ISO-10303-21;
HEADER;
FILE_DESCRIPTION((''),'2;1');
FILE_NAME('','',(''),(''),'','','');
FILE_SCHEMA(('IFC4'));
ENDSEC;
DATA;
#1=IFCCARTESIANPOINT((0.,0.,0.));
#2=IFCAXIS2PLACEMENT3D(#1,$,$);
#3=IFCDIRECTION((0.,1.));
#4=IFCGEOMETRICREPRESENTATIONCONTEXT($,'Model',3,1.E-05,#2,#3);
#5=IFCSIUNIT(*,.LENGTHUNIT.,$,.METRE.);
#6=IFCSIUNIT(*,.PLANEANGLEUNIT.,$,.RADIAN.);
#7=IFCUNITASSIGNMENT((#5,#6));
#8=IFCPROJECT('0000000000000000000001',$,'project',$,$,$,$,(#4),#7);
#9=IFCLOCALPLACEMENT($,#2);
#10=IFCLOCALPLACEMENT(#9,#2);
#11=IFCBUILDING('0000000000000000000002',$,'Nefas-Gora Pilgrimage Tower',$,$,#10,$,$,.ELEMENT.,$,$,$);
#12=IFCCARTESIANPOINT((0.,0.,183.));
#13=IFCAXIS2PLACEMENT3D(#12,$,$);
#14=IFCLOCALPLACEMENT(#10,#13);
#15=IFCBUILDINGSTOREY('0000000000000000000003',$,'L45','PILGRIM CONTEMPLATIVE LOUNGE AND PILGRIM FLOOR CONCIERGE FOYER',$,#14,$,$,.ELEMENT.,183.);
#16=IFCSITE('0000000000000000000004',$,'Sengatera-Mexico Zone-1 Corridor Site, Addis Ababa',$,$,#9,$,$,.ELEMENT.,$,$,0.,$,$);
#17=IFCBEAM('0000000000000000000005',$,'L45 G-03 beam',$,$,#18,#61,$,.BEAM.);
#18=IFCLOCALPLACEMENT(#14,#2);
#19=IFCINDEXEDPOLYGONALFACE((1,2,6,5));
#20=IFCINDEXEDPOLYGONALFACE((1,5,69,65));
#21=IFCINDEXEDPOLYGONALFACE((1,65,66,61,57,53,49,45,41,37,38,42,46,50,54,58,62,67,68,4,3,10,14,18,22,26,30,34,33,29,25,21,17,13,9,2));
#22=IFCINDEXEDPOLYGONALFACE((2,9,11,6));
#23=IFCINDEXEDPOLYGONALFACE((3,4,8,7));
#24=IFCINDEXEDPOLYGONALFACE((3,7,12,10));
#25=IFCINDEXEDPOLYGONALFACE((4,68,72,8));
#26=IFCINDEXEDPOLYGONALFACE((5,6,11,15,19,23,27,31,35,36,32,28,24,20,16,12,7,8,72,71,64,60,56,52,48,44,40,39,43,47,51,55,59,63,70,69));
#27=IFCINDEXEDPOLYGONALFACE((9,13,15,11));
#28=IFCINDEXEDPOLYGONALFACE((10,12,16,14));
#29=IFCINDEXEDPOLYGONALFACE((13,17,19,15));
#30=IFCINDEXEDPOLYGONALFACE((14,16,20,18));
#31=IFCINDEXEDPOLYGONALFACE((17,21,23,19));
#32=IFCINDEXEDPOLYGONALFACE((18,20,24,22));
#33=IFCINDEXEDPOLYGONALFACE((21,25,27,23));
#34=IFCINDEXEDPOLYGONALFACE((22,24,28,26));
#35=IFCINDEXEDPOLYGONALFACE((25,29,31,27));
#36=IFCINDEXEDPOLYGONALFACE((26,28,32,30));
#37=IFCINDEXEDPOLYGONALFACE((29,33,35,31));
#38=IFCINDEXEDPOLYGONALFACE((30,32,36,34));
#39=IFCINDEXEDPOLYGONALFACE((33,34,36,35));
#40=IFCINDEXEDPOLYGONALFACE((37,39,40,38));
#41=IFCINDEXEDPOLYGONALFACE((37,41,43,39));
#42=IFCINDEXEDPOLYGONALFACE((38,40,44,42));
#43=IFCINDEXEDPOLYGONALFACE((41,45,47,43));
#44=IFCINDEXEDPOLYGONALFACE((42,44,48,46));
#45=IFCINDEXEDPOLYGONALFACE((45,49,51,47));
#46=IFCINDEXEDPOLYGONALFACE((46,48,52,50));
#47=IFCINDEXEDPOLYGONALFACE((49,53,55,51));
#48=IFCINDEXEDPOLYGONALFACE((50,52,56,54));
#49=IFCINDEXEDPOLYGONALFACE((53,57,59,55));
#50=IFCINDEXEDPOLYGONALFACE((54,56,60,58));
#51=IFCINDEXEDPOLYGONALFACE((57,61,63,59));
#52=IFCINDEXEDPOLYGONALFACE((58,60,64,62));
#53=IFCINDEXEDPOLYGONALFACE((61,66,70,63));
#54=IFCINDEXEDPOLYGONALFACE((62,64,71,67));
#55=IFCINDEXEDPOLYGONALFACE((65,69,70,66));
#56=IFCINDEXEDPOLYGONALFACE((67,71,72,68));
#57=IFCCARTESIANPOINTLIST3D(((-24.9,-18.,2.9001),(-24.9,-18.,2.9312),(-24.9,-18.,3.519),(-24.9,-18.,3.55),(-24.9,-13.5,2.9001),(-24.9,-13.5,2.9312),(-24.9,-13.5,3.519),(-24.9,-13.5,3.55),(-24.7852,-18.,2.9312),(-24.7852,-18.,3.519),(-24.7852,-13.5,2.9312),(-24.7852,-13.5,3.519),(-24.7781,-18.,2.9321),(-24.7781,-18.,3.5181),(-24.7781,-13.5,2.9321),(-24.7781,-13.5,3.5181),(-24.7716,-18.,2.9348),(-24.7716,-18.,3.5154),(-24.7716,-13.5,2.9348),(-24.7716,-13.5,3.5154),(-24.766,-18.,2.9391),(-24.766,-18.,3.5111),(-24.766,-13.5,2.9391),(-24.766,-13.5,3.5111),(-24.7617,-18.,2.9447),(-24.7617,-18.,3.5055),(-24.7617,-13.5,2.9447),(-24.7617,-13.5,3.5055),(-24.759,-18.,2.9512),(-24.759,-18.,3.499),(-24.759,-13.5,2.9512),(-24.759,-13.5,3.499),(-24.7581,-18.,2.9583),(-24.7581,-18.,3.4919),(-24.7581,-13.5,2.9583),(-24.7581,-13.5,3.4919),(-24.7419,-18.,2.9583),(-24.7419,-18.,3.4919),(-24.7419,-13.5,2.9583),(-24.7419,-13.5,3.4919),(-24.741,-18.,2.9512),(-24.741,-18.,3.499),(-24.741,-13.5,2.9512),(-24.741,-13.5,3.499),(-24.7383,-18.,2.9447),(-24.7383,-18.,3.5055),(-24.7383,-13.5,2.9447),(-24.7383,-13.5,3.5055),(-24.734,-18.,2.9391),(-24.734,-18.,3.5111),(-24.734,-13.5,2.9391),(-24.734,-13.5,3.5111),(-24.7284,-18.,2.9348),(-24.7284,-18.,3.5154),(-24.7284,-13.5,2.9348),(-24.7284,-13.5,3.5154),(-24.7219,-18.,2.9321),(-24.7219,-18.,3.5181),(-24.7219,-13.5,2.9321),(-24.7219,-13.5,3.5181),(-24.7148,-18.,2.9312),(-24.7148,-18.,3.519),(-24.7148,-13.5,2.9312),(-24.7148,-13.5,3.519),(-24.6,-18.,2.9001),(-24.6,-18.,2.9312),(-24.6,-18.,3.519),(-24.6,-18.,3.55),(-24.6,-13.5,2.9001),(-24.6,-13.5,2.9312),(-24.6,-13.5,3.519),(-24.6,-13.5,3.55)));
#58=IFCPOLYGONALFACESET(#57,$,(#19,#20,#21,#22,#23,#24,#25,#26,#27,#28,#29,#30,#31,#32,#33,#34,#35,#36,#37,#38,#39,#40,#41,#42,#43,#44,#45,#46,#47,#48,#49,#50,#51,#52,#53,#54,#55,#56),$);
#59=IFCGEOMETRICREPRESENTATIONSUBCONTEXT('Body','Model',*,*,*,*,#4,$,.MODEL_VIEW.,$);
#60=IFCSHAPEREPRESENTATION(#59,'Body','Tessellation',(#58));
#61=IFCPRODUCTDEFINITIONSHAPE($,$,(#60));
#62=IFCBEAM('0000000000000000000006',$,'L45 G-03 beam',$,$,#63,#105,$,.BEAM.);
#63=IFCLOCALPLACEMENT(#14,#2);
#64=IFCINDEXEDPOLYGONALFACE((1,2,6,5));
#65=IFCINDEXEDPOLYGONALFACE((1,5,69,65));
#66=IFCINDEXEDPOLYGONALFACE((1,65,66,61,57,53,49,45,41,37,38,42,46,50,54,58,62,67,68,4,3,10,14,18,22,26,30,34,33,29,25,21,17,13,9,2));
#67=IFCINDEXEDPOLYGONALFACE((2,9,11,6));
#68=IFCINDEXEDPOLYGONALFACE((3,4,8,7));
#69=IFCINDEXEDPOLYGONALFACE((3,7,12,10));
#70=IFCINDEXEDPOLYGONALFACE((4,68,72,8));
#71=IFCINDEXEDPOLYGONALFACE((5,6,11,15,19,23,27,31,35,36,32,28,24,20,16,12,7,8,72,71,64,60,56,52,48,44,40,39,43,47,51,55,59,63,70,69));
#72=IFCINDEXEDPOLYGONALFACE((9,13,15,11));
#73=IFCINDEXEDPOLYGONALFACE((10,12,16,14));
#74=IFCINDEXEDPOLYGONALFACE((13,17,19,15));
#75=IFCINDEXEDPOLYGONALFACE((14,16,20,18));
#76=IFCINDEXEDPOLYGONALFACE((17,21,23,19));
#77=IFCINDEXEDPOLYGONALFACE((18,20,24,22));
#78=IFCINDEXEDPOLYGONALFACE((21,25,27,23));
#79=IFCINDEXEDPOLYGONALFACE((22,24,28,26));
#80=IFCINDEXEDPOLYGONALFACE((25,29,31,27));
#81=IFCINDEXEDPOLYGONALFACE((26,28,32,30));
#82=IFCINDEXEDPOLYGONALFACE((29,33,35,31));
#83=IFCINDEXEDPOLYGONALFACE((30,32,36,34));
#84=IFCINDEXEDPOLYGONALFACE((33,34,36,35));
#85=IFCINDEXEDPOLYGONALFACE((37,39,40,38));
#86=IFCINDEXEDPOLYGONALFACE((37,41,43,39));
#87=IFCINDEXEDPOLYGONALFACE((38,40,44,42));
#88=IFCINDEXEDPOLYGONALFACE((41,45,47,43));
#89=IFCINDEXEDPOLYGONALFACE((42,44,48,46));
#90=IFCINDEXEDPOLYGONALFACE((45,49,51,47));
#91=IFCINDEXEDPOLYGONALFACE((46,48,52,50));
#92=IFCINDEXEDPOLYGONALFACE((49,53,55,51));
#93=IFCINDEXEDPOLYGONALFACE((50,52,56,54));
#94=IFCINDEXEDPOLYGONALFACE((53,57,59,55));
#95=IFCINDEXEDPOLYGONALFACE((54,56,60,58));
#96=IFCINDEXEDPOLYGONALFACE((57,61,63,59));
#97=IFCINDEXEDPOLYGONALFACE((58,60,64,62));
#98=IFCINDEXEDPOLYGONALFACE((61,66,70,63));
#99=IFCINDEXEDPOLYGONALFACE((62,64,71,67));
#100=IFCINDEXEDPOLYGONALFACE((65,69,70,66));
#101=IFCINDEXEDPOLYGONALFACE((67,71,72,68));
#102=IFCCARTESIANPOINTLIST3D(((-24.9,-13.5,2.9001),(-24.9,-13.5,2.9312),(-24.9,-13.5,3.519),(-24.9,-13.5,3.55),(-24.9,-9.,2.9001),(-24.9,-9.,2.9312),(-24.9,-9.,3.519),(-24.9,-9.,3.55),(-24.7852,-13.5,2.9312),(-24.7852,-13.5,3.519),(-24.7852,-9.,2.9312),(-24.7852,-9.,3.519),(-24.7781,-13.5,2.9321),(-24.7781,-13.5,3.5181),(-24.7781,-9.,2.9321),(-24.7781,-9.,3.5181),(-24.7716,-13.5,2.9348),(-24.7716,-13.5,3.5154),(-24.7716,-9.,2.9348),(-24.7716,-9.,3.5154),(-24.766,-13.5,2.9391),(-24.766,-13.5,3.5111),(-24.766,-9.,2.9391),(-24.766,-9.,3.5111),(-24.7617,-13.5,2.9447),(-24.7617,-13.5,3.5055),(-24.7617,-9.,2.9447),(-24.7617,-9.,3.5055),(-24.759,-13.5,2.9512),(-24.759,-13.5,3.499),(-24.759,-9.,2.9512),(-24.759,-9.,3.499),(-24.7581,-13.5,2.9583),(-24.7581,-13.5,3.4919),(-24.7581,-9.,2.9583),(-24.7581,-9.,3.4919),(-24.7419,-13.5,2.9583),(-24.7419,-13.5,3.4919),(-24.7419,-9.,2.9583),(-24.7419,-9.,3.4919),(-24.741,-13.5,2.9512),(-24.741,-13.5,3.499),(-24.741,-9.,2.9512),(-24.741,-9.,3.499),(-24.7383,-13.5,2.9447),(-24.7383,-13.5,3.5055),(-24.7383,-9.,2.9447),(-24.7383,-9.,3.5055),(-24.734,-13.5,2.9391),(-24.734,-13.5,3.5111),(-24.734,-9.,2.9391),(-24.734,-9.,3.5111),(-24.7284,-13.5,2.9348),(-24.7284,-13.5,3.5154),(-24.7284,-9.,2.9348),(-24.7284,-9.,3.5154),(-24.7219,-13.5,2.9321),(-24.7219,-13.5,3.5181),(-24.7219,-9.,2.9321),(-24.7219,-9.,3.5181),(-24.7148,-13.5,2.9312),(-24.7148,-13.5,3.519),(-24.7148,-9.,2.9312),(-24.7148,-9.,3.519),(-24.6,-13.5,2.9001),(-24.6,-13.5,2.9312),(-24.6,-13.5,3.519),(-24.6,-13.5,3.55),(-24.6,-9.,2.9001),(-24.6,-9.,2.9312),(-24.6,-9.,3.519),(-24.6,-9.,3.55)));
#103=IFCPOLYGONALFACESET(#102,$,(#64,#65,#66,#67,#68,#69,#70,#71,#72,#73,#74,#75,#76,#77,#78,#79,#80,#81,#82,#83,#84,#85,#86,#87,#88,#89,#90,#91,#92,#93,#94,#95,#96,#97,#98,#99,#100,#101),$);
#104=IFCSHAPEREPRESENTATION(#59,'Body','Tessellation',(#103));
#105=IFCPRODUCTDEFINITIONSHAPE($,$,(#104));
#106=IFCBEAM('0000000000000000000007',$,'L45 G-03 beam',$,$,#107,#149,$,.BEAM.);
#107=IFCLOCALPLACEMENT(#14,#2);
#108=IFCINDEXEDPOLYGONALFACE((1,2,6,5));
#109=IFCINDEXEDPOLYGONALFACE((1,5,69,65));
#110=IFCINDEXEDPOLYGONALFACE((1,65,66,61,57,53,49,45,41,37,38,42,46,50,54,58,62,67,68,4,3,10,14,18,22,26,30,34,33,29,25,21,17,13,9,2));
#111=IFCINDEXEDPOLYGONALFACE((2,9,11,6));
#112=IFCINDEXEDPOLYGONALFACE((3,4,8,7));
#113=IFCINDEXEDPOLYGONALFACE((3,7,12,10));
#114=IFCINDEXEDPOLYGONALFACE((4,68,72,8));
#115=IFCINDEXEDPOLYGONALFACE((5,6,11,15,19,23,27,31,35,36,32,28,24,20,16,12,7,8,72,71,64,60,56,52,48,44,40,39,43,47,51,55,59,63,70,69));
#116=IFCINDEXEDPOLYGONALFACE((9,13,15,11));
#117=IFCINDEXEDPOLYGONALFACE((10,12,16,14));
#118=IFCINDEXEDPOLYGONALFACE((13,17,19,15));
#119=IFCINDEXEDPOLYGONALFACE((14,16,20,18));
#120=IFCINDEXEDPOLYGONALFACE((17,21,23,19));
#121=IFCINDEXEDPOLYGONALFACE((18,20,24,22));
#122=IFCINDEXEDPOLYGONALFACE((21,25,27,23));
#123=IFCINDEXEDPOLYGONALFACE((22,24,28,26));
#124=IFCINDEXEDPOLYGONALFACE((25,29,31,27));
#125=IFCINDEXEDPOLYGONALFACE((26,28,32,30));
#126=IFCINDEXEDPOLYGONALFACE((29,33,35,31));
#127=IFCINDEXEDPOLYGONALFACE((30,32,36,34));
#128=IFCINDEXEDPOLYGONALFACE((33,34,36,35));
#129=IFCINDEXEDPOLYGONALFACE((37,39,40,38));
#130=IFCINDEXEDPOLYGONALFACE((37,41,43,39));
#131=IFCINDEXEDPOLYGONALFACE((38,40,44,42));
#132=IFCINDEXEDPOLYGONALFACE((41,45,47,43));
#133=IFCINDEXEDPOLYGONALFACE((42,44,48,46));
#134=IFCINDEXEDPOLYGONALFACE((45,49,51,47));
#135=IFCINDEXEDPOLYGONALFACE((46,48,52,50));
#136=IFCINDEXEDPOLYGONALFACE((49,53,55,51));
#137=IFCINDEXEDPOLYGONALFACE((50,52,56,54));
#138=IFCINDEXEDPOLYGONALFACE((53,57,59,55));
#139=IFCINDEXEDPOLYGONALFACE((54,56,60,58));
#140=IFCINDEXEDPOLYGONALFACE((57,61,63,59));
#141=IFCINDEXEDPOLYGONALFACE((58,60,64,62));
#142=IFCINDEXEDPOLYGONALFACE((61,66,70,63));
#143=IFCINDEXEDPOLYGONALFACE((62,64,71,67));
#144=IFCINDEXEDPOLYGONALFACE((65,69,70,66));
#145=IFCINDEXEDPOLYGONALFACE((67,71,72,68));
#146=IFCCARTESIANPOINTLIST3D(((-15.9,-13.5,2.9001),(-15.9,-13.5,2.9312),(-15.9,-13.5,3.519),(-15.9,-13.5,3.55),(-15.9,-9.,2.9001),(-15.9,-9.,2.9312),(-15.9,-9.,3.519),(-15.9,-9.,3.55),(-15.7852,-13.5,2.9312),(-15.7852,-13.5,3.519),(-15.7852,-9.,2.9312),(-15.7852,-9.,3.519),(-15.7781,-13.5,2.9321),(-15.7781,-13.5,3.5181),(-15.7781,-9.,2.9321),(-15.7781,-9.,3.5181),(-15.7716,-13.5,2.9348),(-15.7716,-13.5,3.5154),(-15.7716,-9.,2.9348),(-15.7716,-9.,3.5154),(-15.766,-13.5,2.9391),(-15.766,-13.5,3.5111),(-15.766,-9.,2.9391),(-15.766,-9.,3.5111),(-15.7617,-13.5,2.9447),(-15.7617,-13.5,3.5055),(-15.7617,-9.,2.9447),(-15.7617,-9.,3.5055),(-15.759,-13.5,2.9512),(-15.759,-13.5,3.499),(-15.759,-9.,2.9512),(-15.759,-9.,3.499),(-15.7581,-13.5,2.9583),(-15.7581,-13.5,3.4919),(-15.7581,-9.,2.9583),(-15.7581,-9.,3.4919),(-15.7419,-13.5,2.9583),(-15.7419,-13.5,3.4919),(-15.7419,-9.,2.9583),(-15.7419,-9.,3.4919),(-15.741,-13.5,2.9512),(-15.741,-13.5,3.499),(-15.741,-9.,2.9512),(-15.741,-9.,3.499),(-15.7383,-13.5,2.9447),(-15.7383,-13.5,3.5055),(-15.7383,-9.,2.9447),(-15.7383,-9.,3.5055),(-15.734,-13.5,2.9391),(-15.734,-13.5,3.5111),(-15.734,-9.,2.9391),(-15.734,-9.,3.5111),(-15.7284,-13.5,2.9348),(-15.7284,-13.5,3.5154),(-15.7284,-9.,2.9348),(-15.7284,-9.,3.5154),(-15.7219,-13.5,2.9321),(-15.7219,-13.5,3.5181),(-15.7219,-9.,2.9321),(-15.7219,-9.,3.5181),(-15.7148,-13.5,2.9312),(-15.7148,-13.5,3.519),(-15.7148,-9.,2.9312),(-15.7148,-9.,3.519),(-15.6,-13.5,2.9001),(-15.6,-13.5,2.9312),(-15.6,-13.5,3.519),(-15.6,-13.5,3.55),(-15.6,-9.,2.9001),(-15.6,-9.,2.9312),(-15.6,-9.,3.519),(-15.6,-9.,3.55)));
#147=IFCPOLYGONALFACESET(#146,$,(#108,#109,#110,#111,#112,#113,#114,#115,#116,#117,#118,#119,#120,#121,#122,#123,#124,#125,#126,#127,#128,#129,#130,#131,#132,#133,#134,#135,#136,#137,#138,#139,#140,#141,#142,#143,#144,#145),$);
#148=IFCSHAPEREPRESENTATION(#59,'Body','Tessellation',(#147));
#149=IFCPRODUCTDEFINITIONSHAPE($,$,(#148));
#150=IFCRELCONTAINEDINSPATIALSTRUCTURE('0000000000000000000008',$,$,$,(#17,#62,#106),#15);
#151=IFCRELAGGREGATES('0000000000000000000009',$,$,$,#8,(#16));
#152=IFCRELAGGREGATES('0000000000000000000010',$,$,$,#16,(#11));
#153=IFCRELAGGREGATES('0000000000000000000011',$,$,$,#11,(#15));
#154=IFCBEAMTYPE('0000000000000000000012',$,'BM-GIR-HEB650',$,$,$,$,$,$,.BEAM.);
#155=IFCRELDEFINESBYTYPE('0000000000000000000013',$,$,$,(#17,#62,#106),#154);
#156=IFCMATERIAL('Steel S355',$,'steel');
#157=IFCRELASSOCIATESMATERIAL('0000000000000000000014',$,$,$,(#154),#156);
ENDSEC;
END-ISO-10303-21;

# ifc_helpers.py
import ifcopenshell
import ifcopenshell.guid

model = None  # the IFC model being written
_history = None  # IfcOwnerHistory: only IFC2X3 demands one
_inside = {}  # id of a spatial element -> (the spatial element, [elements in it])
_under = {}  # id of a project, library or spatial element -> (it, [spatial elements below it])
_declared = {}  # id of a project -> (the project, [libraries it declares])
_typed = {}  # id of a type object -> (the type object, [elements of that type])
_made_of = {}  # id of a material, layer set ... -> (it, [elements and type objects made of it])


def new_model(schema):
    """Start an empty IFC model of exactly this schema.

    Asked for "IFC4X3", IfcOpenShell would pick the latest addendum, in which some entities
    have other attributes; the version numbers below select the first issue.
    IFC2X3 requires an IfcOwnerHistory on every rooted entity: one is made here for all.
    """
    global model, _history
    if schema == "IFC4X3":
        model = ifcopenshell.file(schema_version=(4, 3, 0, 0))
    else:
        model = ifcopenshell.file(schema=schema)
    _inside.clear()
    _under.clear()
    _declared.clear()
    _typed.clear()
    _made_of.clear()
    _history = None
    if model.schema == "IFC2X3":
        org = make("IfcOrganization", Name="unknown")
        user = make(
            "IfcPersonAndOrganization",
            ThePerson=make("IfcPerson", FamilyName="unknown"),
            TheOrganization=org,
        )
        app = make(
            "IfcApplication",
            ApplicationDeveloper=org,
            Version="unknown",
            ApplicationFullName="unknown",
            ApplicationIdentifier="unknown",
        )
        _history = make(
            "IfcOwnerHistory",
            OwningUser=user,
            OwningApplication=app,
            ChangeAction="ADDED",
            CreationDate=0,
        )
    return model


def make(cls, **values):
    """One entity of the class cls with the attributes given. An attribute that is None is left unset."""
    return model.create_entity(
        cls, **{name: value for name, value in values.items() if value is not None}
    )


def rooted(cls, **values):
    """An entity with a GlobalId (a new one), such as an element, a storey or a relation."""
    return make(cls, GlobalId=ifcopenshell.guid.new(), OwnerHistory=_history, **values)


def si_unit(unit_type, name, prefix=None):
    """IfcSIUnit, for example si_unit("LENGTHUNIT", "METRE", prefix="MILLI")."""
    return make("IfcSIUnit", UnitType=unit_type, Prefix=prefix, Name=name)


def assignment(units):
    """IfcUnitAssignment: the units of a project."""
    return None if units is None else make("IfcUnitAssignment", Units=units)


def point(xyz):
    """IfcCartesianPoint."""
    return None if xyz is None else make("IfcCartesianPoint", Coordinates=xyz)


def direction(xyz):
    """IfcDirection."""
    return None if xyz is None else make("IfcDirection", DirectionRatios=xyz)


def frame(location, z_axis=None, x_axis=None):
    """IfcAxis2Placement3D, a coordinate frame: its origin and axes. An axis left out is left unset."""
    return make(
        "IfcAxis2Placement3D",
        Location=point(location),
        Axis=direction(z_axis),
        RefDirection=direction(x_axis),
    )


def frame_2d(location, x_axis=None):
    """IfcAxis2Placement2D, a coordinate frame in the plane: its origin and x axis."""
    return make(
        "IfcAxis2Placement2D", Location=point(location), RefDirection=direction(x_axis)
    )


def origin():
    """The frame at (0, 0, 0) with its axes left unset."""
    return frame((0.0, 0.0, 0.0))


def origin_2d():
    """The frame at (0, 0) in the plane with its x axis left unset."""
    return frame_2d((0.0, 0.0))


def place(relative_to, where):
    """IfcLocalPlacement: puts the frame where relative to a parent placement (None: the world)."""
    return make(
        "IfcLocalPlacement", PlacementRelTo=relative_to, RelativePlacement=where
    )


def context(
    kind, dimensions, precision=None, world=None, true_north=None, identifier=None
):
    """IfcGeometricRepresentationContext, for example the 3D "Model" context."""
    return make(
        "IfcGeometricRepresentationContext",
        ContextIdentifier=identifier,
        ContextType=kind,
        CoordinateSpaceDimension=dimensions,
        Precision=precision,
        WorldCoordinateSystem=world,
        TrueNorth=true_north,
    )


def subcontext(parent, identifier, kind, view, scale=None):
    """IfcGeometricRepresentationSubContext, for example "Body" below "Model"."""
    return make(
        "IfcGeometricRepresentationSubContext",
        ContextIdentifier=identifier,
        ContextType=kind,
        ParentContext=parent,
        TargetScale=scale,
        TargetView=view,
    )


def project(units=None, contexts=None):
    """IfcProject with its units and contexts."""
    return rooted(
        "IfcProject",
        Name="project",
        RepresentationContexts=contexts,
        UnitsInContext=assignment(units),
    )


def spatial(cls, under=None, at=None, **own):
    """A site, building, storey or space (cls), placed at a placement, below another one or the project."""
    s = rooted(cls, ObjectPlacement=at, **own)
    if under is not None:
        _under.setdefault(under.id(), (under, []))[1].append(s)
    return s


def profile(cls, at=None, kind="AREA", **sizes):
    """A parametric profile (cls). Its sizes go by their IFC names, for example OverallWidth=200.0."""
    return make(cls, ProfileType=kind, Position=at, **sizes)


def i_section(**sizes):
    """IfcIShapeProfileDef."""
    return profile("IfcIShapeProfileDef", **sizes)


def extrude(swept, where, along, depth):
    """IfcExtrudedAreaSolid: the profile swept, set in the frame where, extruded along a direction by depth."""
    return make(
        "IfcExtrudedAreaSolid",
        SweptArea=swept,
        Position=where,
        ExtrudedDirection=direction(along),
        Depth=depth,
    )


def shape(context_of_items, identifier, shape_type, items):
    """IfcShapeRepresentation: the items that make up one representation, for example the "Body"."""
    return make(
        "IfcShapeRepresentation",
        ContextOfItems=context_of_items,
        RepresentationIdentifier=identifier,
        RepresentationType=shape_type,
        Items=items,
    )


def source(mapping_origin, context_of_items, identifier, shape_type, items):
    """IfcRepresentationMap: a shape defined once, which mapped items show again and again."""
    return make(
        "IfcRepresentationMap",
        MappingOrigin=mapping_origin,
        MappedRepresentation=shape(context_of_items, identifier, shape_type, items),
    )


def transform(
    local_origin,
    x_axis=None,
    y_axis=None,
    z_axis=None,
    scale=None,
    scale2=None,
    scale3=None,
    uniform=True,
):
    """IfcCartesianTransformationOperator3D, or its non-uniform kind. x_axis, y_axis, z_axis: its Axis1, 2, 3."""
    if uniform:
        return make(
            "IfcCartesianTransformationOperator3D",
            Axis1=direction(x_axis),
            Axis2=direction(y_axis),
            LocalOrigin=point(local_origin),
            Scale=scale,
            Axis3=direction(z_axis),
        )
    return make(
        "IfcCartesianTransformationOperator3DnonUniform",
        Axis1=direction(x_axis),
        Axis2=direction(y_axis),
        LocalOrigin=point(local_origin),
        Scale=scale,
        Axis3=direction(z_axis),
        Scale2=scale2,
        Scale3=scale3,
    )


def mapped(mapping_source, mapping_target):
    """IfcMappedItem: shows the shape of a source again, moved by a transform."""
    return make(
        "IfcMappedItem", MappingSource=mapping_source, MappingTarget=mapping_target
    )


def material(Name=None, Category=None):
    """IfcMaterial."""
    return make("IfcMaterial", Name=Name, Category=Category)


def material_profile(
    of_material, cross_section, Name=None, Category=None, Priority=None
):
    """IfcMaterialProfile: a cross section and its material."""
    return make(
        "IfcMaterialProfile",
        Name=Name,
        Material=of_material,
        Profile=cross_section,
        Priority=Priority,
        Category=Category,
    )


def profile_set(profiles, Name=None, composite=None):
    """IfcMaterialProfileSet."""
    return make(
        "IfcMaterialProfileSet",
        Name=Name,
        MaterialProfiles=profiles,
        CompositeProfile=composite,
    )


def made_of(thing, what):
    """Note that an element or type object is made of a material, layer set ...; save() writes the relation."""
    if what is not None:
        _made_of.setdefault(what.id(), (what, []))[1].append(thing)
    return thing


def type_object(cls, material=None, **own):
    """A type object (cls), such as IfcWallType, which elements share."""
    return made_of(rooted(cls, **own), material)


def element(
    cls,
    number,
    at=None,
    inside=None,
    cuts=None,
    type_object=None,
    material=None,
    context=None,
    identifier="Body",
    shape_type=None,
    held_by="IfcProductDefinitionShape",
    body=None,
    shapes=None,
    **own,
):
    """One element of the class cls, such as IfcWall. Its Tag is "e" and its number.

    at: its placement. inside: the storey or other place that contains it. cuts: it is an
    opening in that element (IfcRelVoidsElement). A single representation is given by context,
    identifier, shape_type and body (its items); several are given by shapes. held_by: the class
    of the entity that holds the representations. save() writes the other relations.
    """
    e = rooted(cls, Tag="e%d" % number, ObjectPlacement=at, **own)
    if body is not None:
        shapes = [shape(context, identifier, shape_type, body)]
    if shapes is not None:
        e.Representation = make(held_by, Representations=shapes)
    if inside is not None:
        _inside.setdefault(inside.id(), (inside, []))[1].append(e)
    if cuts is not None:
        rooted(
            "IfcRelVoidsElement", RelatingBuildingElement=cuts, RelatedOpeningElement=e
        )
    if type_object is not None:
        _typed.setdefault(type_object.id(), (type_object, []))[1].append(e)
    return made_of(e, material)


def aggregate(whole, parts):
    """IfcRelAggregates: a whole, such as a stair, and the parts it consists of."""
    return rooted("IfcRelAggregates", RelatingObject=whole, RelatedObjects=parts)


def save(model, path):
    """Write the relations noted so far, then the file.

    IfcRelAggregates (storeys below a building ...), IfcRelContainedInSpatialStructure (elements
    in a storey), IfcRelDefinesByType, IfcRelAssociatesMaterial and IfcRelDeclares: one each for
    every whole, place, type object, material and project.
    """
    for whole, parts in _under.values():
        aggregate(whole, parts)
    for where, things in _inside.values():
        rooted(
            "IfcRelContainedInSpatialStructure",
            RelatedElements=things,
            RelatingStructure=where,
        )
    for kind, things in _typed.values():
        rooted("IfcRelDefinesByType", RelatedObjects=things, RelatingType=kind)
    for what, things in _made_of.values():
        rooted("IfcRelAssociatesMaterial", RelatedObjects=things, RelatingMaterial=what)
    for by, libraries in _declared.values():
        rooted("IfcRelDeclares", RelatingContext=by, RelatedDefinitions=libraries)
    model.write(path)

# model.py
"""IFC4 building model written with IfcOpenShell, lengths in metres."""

from ifc_helpers import new_model, si_unit, direction, frame, origin, origin_2d, place, context, subcontext, project, spatial, i_section, extrude, source, transform, mapped, material, material_profile, profile_set, type_object, element, save


model = new_model("IFC4")

# Units and contexts
model_context = context("Model", 3, precision=1e-05, world=origin(), true_north=direction((0.0, 1.0)))
body_context = subcontext(model_context, "Body", "Model", "MODEL_VIEW")
ifc_project = project(units=[si_unit("LENGTHUNIT", "METRE"), si_unit("PLANEANGLEUNIT", "RADIAN")], contexts=[model_context])

# Site, building, storey
site_placement = place(None, origin())
site = spatial("IfcSite", under=ifc_project, at=site_placement, Name="Sengatera-Mexico Zone-1 Corridor Site, Addis Ababa", CompositionType="ELEMENT", RefElevation=0.0)
building_placement = place(site_placement, origin())
building = spatial("IfcBuilding", under=site, at=building_placement, Name="Nefas-Gora Pilgrimage Tower", CompositionType="ELEMENT")
storey_placement = place(building_placement, frame((0.0, 0.0, 183.0)))
storey = spatial("IfcBuildingStorey", under=building, at=storey_placement, Name="L45", Description="PILGRIM CONTEMPLATIVE LOUNGE AND PILGRIM FLOOR CONCIERGE FOYER", CompositionType="ELEMENT", Elevation=183.0)

# Beams
ifc_material_1 = material(Name="Steel S355", Category="steel")
ifc_material_profile_1 = material_profile(ifc_material_1, i_section(OverallWidth=0.3, OverallDepth=0.6499, WebThickness=0.0161, FlangeThickness=0.031, FilletRadius=0.0271, at=origin_2d()), Name="HEB 650")
ifc_profile_set_1 = profile_set([ifc_material_profile_1], Name="Steel S355")
beam_type_1 = type_object("IfcBeamType", Name="BM-GIR-HEB650", PredefinedType="BEAM", material=ifc_profile_set_1)
shared_shape_1 = source(origin(), body_context, "Body", "SweptSolid", [
    extrude(i_section(OverallWidth=0.3, OverallDepth=0.6499, WebThickness=0.0161, FlangeThickness=0.031, FilletRadius=0.0271, at=origin_2d()), origin(), (0.0, 0.0, 1.0), 4.5),
])
for number, where, z_axis, x_axis, name in (
    (1, (-24.75, -18.0, 3.2251), (0.0, 1.0, 0.0), (-1.0, 0.0, 0.0), "L45 G-03 beam"),
    (2, (-24.75, -13.5, 3.2251), (0.0, 1.0, 0.0), (-1.0, 0.0, 0.0), "L45 G-03 beam"),
    (3, (-15.75, -13.5, 3.2251), (0.0, 1.0, 0.0), (-1.0, 0.0, 0.0), "L45 G-03 beam"),
):
    element("IfcBeam", number, at=place(storey_placement, frame(where, z_axis=z_axis, x_axis=x_axis)), inside=storey, type_object=beam_type_1, Name=name, PredefinedType="BEAM", context=body_context, shape_type="MappedRepresentation", body=[
        mapped(shared_shape_1, transform((0.0, 0.0, 0.0), x_axis=(1.0, 0.0, 0.0), y_axis=(0.0, 1.0, 0.0), z_axis=(0.0, 0.0, 1.0), scale=1.0)),
    ])

save(model, "model.ifc")
